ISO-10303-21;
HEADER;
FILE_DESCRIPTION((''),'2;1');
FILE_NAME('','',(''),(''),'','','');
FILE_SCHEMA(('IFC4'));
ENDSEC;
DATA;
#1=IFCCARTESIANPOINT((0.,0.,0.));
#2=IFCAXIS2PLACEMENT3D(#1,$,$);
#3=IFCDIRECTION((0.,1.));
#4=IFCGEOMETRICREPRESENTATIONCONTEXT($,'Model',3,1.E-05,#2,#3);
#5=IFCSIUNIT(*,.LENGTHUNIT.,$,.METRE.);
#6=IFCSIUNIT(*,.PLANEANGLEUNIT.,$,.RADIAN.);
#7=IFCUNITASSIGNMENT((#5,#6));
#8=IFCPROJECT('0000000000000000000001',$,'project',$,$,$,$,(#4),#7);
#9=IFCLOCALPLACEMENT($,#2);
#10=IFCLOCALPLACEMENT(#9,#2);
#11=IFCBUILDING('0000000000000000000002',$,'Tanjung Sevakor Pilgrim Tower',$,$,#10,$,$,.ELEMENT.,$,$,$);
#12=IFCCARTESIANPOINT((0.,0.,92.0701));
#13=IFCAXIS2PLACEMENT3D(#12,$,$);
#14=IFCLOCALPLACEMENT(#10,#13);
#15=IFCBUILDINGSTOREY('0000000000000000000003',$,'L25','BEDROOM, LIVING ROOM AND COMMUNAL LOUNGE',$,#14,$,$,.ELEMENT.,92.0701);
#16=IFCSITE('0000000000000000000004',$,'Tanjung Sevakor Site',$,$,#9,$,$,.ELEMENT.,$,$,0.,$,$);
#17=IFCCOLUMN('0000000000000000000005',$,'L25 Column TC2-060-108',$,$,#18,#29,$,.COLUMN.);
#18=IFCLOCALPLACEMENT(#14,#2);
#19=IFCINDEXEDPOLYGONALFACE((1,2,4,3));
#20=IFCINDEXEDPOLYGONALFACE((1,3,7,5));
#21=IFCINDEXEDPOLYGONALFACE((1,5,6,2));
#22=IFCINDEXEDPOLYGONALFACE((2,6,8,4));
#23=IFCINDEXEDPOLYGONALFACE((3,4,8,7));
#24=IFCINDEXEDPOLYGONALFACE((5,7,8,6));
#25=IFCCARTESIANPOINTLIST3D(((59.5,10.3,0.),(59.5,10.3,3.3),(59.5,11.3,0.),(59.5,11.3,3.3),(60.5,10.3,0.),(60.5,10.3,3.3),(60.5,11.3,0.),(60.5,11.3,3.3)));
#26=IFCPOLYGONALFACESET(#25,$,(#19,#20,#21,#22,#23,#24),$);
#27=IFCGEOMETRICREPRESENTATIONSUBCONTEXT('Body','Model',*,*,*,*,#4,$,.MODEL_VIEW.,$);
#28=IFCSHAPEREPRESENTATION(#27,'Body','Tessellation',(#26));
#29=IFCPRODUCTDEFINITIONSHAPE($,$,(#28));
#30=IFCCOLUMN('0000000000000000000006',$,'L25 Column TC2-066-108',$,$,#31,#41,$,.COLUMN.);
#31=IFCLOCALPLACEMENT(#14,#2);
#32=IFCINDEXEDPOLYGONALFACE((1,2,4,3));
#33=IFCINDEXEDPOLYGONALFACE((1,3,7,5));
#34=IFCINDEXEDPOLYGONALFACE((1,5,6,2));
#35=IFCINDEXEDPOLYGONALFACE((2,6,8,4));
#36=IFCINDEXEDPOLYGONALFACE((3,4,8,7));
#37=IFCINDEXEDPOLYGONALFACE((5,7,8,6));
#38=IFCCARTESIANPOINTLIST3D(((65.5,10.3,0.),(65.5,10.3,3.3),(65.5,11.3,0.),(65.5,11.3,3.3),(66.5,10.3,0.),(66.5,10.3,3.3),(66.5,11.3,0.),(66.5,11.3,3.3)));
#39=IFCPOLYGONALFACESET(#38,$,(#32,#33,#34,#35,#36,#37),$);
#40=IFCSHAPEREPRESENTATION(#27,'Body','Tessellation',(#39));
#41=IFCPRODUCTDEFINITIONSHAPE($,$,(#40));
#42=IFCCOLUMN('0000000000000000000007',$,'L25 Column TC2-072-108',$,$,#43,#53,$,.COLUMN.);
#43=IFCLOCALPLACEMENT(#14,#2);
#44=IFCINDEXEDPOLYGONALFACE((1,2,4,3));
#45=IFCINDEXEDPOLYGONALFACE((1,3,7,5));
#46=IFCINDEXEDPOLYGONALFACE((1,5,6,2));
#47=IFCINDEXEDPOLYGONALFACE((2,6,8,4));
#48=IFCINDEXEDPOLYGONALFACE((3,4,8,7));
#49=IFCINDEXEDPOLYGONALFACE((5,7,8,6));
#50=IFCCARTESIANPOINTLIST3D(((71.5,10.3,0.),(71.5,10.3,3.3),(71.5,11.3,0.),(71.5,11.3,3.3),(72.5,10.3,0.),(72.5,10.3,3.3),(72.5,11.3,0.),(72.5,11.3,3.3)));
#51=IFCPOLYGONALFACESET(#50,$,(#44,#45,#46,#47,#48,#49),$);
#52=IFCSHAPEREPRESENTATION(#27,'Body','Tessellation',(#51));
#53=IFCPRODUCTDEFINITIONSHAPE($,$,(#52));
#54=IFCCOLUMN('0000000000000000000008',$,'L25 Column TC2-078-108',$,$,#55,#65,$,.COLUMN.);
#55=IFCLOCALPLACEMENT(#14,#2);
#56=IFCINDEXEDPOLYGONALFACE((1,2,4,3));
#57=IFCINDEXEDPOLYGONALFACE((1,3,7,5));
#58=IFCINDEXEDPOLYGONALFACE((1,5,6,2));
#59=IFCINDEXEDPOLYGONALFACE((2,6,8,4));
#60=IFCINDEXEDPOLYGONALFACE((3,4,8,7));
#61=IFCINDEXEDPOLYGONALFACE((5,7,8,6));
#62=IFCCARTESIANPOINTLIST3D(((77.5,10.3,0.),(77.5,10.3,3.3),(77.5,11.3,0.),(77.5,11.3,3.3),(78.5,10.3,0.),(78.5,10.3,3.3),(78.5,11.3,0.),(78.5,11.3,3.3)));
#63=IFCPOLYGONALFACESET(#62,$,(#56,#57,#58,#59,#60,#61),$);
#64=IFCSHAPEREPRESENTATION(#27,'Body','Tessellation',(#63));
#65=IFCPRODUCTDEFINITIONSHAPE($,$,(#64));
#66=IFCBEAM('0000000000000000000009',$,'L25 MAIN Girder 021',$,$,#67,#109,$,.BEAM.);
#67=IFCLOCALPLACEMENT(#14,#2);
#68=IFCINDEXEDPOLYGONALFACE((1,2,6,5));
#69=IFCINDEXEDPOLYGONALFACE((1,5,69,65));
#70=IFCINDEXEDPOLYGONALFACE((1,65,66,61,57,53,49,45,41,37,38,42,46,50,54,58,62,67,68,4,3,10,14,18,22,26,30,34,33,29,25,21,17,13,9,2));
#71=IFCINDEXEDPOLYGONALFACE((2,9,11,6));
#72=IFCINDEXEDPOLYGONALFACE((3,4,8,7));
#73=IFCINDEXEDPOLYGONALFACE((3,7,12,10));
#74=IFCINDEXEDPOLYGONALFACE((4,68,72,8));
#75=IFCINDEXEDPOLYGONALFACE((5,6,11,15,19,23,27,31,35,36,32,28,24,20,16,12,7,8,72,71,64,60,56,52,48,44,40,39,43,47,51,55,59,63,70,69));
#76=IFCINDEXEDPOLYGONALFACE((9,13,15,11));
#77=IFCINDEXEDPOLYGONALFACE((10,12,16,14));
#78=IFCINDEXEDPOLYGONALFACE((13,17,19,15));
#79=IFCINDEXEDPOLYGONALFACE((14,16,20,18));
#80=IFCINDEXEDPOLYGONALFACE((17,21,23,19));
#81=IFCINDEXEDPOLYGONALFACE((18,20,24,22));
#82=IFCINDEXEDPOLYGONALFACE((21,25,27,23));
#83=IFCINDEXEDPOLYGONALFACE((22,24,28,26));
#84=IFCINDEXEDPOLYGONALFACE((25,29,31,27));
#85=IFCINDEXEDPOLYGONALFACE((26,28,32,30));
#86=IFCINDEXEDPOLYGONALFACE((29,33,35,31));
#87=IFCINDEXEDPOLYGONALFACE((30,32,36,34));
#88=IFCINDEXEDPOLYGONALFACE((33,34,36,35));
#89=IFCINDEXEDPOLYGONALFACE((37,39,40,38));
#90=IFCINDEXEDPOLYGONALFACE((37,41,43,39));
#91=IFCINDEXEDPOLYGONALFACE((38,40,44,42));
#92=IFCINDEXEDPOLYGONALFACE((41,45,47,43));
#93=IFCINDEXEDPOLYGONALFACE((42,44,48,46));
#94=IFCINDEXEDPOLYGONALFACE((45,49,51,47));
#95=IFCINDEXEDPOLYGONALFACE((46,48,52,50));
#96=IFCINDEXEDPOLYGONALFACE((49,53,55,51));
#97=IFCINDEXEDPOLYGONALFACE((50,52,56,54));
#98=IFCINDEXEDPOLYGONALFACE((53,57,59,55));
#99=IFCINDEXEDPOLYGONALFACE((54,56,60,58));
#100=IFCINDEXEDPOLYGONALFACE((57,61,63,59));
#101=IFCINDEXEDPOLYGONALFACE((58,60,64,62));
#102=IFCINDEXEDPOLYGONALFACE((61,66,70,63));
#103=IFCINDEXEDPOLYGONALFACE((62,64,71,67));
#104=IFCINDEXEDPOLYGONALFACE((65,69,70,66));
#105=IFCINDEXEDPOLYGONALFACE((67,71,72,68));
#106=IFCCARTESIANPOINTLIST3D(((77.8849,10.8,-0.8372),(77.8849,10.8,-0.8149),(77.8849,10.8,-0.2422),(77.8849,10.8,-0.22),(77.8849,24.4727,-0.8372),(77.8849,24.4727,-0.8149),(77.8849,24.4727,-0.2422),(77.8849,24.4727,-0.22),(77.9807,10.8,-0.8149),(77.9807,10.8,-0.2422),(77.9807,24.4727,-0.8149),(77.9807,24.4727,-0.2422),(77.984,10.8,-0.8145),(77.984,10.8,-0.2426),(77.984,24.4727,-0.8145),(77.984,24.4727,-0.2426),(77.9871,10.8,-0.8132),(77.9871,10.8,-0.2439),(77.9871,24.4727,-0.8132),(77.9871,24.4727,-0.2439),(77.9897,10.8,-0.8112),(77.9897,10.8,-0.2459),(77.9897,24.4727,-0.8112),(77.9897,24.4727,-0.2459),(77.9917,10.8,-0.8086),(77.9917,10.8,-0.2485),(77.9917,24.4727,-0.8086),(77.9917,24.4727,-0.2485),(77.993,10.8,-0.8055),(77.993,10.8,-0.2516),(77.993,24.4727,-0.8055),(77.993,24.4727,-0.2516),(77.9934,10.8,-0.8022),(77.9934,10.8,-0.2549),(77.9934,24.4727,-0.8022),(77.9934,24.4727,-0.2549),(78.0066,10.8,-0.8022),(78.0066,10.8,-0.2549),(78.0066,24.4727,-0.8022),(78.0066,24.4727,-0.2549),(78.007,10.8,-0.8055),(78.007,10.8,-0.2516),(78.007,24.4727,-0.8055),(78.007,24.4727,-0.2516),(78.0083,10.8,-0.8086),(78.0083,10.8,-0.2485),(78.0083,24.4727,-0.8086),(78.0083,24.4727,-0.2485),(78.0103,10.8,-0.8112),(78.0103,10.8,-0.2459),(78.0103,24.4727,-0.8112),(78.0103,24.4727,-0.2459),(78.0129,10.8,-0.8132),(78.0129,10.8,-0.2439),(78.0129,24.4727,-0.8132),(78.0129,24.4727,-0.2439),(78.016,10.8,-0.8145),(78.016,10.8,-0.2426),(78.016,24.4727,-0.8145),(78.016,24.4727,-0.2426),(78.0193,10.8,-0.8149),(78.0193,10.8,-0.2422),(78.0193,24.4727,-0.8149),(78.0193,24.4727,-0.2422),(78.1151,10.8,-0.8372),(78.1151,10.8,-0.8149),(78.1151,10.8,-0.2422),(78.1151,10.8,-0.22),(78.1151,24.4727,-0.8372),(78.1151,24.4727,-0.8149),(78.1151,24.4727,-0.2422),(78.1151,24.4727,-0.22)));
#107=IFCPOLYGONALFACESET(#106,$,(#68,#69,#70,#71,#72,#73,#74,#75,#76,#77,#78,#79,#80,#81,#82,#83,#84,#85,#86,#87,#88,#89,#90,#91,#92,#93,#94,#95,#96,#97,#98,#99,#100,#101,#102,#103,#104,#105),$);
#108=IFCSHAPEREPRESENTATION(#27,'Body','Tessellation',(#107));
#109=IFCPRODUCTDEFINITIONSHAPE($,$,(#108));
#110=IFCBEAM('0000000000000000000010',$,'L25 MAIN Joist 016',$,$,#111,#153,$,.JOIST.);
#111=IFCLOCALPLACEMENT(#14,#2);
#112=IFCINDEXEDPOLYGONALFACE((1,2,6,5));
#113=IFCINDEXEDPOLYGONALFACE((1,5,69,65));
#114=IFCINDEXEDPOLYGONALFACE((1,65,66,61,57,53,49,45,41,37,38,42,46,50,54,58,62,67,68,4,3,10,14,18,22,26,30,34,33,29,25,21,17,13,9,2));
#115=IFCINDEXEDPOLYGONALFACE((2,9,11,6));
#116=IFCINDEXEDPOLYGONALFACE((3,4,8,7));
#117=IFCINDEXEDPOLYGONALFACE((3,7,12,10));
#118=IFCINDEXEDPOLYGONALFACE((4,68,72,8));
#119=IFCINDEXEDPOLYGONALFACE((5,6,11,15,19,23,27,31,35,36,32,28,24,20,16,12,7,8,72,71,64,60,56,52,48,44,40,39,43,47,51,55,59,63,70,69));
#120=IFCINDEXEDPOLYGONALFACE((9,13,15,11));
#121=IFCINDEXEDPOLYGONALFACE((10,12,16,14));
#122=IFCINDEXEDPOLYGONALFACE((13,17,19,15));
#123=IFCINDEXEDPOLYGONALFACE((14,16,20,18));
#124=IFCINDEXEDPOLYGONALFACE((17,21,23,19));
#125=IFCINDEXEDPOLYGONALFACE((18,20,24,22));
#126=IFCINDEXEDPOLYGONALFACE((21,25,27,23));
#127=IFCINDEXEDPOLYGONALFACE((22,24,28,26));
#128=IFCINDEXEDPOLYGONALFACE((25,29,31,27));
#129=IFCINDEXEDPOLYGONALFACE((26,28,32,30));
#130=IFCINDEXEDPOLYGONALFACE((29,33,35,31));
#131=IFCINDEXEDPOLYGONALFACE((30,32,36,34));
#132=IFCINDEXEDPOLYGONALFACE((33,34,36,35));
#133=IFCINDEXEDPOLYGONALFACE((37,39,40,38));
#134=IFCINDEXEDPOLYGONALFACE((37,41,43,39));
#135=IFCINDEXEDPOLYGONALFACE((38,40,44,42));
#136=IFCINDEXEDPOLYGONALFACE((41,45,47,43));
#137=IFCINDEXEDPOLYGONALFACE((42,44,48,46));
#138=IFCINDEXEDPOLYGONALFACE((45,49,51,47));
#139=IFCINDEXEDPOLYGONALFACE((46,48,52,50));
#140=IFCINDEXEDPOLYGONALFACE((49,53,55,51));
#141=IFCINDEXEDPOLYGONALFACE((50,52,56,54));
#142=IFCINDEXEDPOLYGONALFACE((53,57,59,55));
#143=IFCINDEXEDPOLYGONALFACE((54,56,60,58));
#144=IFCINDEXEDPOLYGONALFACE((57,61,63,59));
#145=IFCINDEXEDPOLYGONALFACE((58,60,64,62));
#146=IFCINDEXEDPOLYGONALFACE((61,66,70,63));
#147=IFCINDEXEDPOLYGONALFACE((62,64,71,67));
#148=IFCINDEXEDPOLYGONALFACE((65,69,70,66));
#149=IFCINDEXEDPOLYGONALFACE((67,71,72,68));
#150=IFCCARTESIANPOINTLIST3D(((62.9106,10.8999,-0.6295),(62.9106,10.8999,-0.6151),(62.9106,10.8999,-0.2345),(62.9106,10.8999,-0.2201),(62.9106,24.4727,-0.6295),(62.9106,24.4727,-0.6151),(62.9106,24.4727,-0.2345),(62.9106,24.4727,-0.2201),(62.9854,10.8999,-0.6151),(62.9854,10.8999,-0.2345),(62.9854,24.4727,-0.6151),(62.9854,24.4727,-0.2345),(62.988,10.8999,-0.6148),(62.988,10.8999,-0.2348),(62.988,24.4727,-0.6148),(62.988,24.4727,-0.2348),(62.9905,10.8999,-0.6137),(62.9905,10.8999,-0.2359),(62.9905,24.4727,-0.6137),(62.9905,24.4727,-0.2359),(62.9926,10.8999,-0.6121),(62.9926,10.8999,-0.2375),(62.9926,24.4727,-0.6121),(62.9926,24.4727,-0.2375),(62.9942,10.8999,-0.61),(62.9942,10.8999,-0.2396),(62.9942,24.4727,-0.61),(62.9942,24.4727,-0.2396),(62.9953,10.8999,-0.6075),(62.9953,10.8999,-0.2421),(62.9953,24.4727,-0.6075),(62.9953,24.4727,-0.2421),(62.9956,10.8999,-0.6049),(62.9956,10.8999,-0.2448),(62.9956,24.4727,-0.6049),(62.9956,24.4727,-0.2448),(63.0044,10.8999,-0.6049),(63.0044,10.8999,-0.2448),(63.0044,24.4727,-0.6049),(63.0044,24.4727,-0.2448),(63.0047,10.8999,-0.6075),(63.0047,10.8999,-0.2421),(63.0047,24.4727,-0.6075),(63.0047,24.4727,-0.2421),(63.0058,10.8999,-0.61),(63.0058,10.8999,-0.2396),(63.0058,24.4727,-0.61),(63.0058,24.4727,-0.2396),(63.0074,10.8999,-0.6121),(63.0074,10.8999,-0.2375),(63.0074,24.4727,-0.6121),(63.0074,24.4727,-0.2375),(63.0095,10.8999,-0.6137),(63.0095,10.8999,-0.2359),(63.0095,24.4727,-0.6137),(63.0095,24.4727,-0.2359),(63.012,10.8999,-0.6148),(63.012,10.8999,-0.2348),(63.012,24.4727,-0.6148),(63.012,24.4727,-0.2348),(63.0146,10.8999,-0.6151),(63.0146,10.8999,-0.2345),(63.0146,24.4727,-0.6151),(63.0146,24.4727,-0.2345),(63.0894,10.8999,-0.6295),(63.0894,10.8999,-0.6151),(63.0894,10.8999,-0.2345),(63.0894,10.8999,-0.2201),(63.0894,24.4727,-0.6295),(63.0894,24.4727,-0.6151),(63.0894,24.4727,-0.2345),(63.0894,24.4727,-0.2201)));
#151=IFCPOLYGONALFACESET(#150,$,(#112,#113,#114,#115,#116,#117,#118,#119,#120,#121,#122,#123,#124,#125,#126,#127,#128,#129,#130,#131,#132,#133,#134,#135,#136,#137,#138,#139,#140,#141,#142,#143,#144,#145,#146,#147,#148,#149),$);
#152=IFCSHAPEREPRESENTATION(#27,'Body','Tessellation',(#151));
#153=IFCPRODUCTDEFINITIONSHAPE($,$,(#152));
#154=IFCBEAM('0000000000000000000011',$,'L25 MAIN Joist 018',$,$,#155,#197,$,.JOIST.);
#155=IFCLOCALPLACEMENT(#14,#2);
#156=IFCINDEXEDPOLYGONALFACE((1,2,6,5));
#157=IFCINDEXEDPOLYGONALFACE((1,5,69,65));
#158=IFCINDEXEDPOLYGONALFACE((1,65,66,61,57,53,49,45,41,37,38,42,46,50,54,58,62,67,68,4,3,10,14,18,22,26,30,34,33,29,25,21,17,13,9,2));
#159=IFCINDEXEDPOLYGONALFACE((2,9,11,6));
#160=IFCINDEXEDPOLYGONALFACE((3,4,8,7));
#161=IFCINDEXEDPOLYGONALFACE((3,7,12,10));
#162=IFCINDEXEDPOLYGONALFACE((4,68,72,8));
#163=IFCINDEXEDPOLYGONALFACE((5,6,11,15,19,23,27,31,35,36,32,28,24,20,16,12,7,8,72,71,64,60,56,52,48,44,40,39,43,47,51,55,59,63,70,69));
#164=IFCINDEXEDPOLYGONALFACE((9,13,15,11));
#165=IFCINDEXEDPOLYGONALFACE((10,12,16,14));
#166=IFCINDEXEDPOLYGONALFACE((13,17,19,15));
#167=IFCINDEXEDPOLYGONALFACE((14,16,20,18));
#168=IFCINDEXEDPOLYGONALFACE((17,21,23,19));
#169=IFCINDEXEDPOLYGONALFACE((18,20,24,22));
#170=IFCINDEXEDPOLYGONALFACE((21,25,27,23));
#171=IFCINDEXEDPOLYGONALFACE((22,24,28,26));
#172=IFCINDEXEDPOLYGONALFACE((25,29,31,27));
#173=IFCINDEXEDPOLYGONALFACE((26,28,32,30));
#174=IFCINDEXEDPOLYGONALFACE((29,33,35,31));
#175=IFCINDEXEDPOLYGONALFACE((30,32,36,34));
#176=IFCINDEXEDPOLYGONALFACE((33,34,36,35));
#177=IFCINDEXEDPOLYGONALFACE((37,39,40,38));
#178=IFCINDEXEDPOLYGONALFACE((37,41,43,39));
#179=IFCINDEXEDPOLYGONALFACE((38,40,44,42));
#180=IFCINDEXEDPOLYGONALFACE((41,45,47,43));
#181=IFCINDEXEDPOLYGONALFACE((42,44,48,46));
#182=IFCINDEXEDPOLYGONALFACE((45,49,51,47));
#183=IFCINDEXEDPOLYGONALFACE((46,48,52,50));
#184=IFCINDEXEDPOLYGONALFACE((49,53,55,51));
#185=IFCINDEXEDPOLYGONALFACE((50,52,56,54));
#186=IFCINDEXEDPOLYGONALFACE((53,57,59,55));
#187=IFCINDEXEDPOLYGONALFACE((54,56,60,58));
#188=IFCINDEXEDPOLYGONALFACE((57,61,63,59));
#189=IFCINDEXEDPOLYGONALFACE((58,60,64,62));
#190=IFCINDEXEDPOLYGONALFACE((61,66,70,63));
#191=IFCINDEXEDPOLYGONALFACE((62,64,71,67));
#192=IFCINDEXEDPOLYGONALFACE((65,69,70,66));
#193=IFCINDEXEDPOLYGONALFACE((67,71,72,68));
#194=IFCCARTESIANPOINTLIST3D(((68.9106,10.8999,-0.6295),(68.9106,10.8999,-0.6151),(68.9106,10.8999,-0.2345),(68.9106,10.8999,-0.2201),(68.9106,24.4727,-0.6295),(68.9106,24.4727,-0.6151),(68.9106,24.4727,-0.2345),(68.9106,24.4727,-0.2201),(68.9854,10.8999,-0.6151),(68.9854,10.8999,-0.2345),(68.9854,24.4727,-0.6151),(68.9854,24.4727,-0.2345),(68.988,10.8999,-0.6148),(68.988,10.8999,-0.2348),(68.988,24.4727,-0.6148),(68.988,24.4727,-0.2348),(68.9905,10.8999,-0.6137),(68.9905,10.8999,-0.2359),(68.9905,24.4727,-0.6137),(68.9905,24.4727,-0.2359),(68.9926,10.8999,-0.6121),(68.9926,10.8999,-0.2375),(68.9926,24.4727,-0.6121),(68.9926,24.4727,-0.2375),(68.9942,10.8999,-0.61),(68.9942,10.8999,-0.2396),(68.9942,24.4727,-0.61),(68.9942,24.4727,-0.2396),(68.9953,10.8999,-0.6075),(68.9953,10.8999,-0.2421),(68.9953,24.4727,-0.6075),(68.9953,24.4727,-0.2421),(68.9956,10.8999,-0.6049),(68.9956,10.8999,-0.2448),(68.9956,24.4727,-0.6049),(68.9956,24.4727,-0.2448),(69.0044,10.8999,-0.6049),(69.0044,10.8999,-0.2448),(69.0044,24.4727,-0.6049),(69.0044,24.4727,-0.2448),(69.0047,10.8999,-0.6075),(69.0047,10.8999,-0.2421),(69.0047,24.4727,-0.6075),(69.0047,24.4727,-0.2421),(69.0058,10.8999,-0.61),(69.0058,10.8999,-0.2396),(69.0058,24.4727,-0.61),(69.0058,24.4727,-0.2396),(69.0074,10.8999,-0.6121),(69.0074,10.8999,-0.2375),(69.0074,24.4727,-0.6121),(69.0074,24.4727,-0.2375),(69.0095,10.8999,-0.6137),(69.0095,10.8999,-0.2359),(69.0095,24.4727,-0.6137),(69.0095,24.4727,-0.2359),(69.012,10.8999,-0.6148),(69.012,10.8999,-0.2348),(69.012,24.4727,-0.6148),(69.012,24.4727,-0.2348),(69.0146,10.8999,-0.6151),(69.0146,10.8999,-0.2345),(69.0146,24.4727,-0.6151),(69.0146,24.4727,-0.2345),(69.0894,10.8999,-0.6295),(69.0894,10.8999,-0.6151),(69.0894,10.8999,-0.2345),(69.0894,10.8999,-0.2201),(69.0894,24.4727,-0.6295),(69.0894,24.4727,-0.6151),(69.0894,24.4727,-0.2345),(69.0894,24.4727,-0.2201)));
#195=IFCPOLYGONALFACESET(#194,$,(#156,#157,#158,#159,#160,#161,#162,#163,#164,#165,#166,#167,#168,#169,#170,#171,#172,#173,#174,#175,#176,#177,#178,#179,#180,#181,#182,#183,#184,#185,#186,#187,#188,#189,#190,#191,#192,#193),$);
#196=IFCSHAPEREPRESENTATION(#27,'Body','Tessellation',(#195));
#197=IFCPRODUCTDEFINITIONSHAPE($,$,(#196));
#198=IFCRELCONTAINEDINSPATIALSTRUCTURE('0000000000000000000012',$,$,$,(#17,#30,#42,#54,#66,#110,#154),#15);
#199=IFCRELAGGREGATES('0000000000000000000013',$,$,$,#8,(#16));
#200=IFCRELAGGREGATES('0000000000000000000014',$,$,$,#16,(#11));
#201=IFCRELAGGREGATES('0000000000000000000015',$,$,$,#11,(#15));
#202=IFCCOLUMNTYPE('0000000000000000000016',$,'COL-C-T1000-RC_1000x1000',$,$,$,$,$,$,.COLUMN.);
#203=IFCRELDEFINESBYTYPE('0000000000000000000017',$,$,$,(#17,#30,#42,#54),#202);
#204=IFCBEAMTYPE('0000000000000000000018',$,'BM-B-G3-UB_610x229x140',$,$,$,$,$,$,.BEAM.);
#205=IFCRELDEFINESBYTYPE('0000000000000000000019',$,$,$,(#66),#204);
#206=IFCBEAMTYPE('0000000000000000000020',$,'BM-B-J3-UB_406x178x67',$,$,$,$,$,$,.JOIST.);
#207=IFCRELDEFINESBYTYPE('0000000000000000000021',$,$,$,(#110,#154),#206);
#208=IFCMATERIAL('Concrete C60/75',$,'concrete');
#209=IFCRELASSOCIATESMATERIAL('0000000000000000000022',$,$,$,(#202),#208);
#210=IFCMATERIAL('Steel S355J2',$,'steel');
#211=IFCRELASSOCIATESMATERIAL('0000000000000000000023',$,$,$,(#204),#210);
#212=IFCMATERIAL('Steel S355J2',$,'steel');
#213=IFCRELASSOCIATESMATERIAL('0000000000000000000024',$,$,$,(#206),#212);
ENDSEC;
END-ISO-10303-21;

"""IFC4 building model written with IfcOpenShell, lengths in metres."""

from ifc_helpers import new_model, si_unit, direction, frame, origin, origin_2d, place, context, subcontext, project, spatial, rectangle, i_section, extrude, material, material_profile, profile_set, type_object, element, save


model = new_model("IFC4")

# Units and contexts
model_context = context("Model", 3, precision=1e-05, world=origin(), true_north=direction((0.0, 1.0)))
body_context = subcontext(model_context, "Body", "Model", "MODEL_VIEW")
ifc_project = project(units=[si_unit("LENGTHUNIT", "METRE"), si_unit("PLANEANGLEUNIT", "RADIAN")], contexts=[model_context])

# Site, building, storey
site_placement = place(None, origin())
site = spatial("IfcSite", under=ifc_project, at=site_placement, Name="Tanjung Sevakor Site", CompositionType="ELEMENT", RefElevation=0.0)
building_placement = place(site_placement, origin())
building = spatial("IfcBuilding", under=site, at=building_placement, Name="Tanjung Sevakor Pilgrim Tower", CompositionType="ELEMENT")
storey_placement = place(building_placement, frame((0.0, 0.0, 92.0701)))
storey = spatial("IfcBuildingStorey", under=building, at=storey_placement, Name="L25", Description="BEDROOM, LIVING ROOM AND COMMUNAL LOUNGE", CompositionType="ELEMENT", Elevation=92.0701)

# Columns
ifc_material_1 = material(Name="Concrete C60/75", Category="concrete")
ifc_material_profile_1 = material_profile(ifc_material_1, rectangle(XDim=1.0, YDim=1.0, at=origin_2d()))
ifc_profile_set_1 = profile_set([ifc_material_profile_1], Name="Concrete C60/75")
column_type = type_object("IfcColumnType", Name="COL-C-T1000-RC_1000x1000", PredefinedType="COLUMN", material=ifc_profile_set_1)
for number, where, z_axis, x_axis, name in (
    (1, (60.0, 10.8, 0.0), (0.0, 0.0, 1.0), (1.0, 0.0, 0.0), "L25 Column TC2-060-108"),
    (2, (66.0, 10.8, 0.0), (0.0, 0.0, 1.0), (1.0, 0.0, 0.0), "L25 Column TC2-066-108"),
    (3, (72.0, 10.8, 0.0), (0.0, 0.0, 1.0), (1.0, 0.0, 0.0), "L25 Column TC2-072-108"),
    (4, (78.0, 10.8, 0.0), (0.0, 0.0, 1.0), (1.0, 0.0, 0.0), "L25 Column TC2-078-108"),
):
    element("IfcColumn", number, at=place(storey_placement, frame(where, z_axis=z_axis, x_axis=x_axis)), inside=storey, type_object=column_type, Name=name, PredefinedType="COLUMN", context=body_context, shape_type="SweptSolid", body=[
        extrude(rectangle(XDim=1.0, YDim=1.0, at=origin_2d()), origin(), (0.0, 0.0, 1.0), 3.3),
    ])

# Beams
ifc_material_2 = material(Name="Steel S355J2", Category="steel")
ifc_material_profile_2 = material_profile(ifc_material_2, i_section(OverallWidth=0.2302, OverallDepth=0.6172, WebThickness=0.0132, FlangeThickness=0.0222, FilletRadius=0.0127, at=origin_2d()))
ifc_profile_set_2 = profile_set([ifc_material_profile_2], Name="Steel S355J2")
beam_type_1 = type_object("IfcBeamType", Name="BM-B-G3-UB_610x229x140", PredefinedType="BEAM", material=ifc_profile_set_2)
beam_1_placement = place(storey_placement, frame((78.0, 10.8, -0.5286), z_axis=(0.0, 1.0, 0.0), x_axis=(-1.0, 0.0, 0.0)))
element("IfcBeam", 5, at=beam_1_placement, inside=storey, type_object=beam_type_1, Name="L25 MAIN Girder 021", PredefinedType="BEAM", context=body_context, shape_type="SweptSolid", body=[
    extrude(i_section(OverallWidth=0.2302, OverallDepth=0.6172, WebThickness=0.0132, FlangeThickness=0.0222, FilletRadius=0.0127, at=origin_2d()), origin(), (0.0, 0.0, 1.0), 13.6726),
])
ifc_material_3 = material(Name="Steel S355J2", Category="steel")
ifc_material_profile_3 = material_profile(ifc_material_3, i_section(OverallWidth=0.1787, OverallDepth=0.4094, WebThickness=0.0088, FlangeThickness=0.0144, FilletRadius=0.0103, at=origin_2d()))
ifc_profile_set_3 = profile_set([ifc_material_profile_3], Name="Steel S355J2")
beam_type_2 = type_object("IfcBeamType", Name="BM-B-J3-UB_406x178x67", PredefinedType="JOIST", material=ifc_profile_set_3)
for number, where, z_axis, x_axis, name in (
    (6, (63.0, 10.8999, -0.4248), (0.0, 1.0, 0.0), (-1.0, 0.0, 0.0), "L25 MAIN Joist 016"),
    (7, (69.0, 10.8999, -0.4248), (0.0, 1.0, 0.0), (-1.0, 0.0, 0.0), "L25 MAIN Joist 018"),
):
    element("IfcBeam", number, at=place(storey_placement, frame(where, z_axis=z_axis, x_axis=x_axis)), inside=storey, type_object=beam_type_2, Name=name, PredefinedType="JOIST", context=body_context, shape_type="SweptSolid", body=[
        extrude(i_section(OverallWidth=0.1787, OverallDepth=0.4094, WebThickness=0.0088, FlangeThickness=0.0144, FilletRadius=0.0103, at=origin_2d()), origin(), (0.0, 0.0, 1.0), 13.5728),
    ])

save(model, "model.ifc")
